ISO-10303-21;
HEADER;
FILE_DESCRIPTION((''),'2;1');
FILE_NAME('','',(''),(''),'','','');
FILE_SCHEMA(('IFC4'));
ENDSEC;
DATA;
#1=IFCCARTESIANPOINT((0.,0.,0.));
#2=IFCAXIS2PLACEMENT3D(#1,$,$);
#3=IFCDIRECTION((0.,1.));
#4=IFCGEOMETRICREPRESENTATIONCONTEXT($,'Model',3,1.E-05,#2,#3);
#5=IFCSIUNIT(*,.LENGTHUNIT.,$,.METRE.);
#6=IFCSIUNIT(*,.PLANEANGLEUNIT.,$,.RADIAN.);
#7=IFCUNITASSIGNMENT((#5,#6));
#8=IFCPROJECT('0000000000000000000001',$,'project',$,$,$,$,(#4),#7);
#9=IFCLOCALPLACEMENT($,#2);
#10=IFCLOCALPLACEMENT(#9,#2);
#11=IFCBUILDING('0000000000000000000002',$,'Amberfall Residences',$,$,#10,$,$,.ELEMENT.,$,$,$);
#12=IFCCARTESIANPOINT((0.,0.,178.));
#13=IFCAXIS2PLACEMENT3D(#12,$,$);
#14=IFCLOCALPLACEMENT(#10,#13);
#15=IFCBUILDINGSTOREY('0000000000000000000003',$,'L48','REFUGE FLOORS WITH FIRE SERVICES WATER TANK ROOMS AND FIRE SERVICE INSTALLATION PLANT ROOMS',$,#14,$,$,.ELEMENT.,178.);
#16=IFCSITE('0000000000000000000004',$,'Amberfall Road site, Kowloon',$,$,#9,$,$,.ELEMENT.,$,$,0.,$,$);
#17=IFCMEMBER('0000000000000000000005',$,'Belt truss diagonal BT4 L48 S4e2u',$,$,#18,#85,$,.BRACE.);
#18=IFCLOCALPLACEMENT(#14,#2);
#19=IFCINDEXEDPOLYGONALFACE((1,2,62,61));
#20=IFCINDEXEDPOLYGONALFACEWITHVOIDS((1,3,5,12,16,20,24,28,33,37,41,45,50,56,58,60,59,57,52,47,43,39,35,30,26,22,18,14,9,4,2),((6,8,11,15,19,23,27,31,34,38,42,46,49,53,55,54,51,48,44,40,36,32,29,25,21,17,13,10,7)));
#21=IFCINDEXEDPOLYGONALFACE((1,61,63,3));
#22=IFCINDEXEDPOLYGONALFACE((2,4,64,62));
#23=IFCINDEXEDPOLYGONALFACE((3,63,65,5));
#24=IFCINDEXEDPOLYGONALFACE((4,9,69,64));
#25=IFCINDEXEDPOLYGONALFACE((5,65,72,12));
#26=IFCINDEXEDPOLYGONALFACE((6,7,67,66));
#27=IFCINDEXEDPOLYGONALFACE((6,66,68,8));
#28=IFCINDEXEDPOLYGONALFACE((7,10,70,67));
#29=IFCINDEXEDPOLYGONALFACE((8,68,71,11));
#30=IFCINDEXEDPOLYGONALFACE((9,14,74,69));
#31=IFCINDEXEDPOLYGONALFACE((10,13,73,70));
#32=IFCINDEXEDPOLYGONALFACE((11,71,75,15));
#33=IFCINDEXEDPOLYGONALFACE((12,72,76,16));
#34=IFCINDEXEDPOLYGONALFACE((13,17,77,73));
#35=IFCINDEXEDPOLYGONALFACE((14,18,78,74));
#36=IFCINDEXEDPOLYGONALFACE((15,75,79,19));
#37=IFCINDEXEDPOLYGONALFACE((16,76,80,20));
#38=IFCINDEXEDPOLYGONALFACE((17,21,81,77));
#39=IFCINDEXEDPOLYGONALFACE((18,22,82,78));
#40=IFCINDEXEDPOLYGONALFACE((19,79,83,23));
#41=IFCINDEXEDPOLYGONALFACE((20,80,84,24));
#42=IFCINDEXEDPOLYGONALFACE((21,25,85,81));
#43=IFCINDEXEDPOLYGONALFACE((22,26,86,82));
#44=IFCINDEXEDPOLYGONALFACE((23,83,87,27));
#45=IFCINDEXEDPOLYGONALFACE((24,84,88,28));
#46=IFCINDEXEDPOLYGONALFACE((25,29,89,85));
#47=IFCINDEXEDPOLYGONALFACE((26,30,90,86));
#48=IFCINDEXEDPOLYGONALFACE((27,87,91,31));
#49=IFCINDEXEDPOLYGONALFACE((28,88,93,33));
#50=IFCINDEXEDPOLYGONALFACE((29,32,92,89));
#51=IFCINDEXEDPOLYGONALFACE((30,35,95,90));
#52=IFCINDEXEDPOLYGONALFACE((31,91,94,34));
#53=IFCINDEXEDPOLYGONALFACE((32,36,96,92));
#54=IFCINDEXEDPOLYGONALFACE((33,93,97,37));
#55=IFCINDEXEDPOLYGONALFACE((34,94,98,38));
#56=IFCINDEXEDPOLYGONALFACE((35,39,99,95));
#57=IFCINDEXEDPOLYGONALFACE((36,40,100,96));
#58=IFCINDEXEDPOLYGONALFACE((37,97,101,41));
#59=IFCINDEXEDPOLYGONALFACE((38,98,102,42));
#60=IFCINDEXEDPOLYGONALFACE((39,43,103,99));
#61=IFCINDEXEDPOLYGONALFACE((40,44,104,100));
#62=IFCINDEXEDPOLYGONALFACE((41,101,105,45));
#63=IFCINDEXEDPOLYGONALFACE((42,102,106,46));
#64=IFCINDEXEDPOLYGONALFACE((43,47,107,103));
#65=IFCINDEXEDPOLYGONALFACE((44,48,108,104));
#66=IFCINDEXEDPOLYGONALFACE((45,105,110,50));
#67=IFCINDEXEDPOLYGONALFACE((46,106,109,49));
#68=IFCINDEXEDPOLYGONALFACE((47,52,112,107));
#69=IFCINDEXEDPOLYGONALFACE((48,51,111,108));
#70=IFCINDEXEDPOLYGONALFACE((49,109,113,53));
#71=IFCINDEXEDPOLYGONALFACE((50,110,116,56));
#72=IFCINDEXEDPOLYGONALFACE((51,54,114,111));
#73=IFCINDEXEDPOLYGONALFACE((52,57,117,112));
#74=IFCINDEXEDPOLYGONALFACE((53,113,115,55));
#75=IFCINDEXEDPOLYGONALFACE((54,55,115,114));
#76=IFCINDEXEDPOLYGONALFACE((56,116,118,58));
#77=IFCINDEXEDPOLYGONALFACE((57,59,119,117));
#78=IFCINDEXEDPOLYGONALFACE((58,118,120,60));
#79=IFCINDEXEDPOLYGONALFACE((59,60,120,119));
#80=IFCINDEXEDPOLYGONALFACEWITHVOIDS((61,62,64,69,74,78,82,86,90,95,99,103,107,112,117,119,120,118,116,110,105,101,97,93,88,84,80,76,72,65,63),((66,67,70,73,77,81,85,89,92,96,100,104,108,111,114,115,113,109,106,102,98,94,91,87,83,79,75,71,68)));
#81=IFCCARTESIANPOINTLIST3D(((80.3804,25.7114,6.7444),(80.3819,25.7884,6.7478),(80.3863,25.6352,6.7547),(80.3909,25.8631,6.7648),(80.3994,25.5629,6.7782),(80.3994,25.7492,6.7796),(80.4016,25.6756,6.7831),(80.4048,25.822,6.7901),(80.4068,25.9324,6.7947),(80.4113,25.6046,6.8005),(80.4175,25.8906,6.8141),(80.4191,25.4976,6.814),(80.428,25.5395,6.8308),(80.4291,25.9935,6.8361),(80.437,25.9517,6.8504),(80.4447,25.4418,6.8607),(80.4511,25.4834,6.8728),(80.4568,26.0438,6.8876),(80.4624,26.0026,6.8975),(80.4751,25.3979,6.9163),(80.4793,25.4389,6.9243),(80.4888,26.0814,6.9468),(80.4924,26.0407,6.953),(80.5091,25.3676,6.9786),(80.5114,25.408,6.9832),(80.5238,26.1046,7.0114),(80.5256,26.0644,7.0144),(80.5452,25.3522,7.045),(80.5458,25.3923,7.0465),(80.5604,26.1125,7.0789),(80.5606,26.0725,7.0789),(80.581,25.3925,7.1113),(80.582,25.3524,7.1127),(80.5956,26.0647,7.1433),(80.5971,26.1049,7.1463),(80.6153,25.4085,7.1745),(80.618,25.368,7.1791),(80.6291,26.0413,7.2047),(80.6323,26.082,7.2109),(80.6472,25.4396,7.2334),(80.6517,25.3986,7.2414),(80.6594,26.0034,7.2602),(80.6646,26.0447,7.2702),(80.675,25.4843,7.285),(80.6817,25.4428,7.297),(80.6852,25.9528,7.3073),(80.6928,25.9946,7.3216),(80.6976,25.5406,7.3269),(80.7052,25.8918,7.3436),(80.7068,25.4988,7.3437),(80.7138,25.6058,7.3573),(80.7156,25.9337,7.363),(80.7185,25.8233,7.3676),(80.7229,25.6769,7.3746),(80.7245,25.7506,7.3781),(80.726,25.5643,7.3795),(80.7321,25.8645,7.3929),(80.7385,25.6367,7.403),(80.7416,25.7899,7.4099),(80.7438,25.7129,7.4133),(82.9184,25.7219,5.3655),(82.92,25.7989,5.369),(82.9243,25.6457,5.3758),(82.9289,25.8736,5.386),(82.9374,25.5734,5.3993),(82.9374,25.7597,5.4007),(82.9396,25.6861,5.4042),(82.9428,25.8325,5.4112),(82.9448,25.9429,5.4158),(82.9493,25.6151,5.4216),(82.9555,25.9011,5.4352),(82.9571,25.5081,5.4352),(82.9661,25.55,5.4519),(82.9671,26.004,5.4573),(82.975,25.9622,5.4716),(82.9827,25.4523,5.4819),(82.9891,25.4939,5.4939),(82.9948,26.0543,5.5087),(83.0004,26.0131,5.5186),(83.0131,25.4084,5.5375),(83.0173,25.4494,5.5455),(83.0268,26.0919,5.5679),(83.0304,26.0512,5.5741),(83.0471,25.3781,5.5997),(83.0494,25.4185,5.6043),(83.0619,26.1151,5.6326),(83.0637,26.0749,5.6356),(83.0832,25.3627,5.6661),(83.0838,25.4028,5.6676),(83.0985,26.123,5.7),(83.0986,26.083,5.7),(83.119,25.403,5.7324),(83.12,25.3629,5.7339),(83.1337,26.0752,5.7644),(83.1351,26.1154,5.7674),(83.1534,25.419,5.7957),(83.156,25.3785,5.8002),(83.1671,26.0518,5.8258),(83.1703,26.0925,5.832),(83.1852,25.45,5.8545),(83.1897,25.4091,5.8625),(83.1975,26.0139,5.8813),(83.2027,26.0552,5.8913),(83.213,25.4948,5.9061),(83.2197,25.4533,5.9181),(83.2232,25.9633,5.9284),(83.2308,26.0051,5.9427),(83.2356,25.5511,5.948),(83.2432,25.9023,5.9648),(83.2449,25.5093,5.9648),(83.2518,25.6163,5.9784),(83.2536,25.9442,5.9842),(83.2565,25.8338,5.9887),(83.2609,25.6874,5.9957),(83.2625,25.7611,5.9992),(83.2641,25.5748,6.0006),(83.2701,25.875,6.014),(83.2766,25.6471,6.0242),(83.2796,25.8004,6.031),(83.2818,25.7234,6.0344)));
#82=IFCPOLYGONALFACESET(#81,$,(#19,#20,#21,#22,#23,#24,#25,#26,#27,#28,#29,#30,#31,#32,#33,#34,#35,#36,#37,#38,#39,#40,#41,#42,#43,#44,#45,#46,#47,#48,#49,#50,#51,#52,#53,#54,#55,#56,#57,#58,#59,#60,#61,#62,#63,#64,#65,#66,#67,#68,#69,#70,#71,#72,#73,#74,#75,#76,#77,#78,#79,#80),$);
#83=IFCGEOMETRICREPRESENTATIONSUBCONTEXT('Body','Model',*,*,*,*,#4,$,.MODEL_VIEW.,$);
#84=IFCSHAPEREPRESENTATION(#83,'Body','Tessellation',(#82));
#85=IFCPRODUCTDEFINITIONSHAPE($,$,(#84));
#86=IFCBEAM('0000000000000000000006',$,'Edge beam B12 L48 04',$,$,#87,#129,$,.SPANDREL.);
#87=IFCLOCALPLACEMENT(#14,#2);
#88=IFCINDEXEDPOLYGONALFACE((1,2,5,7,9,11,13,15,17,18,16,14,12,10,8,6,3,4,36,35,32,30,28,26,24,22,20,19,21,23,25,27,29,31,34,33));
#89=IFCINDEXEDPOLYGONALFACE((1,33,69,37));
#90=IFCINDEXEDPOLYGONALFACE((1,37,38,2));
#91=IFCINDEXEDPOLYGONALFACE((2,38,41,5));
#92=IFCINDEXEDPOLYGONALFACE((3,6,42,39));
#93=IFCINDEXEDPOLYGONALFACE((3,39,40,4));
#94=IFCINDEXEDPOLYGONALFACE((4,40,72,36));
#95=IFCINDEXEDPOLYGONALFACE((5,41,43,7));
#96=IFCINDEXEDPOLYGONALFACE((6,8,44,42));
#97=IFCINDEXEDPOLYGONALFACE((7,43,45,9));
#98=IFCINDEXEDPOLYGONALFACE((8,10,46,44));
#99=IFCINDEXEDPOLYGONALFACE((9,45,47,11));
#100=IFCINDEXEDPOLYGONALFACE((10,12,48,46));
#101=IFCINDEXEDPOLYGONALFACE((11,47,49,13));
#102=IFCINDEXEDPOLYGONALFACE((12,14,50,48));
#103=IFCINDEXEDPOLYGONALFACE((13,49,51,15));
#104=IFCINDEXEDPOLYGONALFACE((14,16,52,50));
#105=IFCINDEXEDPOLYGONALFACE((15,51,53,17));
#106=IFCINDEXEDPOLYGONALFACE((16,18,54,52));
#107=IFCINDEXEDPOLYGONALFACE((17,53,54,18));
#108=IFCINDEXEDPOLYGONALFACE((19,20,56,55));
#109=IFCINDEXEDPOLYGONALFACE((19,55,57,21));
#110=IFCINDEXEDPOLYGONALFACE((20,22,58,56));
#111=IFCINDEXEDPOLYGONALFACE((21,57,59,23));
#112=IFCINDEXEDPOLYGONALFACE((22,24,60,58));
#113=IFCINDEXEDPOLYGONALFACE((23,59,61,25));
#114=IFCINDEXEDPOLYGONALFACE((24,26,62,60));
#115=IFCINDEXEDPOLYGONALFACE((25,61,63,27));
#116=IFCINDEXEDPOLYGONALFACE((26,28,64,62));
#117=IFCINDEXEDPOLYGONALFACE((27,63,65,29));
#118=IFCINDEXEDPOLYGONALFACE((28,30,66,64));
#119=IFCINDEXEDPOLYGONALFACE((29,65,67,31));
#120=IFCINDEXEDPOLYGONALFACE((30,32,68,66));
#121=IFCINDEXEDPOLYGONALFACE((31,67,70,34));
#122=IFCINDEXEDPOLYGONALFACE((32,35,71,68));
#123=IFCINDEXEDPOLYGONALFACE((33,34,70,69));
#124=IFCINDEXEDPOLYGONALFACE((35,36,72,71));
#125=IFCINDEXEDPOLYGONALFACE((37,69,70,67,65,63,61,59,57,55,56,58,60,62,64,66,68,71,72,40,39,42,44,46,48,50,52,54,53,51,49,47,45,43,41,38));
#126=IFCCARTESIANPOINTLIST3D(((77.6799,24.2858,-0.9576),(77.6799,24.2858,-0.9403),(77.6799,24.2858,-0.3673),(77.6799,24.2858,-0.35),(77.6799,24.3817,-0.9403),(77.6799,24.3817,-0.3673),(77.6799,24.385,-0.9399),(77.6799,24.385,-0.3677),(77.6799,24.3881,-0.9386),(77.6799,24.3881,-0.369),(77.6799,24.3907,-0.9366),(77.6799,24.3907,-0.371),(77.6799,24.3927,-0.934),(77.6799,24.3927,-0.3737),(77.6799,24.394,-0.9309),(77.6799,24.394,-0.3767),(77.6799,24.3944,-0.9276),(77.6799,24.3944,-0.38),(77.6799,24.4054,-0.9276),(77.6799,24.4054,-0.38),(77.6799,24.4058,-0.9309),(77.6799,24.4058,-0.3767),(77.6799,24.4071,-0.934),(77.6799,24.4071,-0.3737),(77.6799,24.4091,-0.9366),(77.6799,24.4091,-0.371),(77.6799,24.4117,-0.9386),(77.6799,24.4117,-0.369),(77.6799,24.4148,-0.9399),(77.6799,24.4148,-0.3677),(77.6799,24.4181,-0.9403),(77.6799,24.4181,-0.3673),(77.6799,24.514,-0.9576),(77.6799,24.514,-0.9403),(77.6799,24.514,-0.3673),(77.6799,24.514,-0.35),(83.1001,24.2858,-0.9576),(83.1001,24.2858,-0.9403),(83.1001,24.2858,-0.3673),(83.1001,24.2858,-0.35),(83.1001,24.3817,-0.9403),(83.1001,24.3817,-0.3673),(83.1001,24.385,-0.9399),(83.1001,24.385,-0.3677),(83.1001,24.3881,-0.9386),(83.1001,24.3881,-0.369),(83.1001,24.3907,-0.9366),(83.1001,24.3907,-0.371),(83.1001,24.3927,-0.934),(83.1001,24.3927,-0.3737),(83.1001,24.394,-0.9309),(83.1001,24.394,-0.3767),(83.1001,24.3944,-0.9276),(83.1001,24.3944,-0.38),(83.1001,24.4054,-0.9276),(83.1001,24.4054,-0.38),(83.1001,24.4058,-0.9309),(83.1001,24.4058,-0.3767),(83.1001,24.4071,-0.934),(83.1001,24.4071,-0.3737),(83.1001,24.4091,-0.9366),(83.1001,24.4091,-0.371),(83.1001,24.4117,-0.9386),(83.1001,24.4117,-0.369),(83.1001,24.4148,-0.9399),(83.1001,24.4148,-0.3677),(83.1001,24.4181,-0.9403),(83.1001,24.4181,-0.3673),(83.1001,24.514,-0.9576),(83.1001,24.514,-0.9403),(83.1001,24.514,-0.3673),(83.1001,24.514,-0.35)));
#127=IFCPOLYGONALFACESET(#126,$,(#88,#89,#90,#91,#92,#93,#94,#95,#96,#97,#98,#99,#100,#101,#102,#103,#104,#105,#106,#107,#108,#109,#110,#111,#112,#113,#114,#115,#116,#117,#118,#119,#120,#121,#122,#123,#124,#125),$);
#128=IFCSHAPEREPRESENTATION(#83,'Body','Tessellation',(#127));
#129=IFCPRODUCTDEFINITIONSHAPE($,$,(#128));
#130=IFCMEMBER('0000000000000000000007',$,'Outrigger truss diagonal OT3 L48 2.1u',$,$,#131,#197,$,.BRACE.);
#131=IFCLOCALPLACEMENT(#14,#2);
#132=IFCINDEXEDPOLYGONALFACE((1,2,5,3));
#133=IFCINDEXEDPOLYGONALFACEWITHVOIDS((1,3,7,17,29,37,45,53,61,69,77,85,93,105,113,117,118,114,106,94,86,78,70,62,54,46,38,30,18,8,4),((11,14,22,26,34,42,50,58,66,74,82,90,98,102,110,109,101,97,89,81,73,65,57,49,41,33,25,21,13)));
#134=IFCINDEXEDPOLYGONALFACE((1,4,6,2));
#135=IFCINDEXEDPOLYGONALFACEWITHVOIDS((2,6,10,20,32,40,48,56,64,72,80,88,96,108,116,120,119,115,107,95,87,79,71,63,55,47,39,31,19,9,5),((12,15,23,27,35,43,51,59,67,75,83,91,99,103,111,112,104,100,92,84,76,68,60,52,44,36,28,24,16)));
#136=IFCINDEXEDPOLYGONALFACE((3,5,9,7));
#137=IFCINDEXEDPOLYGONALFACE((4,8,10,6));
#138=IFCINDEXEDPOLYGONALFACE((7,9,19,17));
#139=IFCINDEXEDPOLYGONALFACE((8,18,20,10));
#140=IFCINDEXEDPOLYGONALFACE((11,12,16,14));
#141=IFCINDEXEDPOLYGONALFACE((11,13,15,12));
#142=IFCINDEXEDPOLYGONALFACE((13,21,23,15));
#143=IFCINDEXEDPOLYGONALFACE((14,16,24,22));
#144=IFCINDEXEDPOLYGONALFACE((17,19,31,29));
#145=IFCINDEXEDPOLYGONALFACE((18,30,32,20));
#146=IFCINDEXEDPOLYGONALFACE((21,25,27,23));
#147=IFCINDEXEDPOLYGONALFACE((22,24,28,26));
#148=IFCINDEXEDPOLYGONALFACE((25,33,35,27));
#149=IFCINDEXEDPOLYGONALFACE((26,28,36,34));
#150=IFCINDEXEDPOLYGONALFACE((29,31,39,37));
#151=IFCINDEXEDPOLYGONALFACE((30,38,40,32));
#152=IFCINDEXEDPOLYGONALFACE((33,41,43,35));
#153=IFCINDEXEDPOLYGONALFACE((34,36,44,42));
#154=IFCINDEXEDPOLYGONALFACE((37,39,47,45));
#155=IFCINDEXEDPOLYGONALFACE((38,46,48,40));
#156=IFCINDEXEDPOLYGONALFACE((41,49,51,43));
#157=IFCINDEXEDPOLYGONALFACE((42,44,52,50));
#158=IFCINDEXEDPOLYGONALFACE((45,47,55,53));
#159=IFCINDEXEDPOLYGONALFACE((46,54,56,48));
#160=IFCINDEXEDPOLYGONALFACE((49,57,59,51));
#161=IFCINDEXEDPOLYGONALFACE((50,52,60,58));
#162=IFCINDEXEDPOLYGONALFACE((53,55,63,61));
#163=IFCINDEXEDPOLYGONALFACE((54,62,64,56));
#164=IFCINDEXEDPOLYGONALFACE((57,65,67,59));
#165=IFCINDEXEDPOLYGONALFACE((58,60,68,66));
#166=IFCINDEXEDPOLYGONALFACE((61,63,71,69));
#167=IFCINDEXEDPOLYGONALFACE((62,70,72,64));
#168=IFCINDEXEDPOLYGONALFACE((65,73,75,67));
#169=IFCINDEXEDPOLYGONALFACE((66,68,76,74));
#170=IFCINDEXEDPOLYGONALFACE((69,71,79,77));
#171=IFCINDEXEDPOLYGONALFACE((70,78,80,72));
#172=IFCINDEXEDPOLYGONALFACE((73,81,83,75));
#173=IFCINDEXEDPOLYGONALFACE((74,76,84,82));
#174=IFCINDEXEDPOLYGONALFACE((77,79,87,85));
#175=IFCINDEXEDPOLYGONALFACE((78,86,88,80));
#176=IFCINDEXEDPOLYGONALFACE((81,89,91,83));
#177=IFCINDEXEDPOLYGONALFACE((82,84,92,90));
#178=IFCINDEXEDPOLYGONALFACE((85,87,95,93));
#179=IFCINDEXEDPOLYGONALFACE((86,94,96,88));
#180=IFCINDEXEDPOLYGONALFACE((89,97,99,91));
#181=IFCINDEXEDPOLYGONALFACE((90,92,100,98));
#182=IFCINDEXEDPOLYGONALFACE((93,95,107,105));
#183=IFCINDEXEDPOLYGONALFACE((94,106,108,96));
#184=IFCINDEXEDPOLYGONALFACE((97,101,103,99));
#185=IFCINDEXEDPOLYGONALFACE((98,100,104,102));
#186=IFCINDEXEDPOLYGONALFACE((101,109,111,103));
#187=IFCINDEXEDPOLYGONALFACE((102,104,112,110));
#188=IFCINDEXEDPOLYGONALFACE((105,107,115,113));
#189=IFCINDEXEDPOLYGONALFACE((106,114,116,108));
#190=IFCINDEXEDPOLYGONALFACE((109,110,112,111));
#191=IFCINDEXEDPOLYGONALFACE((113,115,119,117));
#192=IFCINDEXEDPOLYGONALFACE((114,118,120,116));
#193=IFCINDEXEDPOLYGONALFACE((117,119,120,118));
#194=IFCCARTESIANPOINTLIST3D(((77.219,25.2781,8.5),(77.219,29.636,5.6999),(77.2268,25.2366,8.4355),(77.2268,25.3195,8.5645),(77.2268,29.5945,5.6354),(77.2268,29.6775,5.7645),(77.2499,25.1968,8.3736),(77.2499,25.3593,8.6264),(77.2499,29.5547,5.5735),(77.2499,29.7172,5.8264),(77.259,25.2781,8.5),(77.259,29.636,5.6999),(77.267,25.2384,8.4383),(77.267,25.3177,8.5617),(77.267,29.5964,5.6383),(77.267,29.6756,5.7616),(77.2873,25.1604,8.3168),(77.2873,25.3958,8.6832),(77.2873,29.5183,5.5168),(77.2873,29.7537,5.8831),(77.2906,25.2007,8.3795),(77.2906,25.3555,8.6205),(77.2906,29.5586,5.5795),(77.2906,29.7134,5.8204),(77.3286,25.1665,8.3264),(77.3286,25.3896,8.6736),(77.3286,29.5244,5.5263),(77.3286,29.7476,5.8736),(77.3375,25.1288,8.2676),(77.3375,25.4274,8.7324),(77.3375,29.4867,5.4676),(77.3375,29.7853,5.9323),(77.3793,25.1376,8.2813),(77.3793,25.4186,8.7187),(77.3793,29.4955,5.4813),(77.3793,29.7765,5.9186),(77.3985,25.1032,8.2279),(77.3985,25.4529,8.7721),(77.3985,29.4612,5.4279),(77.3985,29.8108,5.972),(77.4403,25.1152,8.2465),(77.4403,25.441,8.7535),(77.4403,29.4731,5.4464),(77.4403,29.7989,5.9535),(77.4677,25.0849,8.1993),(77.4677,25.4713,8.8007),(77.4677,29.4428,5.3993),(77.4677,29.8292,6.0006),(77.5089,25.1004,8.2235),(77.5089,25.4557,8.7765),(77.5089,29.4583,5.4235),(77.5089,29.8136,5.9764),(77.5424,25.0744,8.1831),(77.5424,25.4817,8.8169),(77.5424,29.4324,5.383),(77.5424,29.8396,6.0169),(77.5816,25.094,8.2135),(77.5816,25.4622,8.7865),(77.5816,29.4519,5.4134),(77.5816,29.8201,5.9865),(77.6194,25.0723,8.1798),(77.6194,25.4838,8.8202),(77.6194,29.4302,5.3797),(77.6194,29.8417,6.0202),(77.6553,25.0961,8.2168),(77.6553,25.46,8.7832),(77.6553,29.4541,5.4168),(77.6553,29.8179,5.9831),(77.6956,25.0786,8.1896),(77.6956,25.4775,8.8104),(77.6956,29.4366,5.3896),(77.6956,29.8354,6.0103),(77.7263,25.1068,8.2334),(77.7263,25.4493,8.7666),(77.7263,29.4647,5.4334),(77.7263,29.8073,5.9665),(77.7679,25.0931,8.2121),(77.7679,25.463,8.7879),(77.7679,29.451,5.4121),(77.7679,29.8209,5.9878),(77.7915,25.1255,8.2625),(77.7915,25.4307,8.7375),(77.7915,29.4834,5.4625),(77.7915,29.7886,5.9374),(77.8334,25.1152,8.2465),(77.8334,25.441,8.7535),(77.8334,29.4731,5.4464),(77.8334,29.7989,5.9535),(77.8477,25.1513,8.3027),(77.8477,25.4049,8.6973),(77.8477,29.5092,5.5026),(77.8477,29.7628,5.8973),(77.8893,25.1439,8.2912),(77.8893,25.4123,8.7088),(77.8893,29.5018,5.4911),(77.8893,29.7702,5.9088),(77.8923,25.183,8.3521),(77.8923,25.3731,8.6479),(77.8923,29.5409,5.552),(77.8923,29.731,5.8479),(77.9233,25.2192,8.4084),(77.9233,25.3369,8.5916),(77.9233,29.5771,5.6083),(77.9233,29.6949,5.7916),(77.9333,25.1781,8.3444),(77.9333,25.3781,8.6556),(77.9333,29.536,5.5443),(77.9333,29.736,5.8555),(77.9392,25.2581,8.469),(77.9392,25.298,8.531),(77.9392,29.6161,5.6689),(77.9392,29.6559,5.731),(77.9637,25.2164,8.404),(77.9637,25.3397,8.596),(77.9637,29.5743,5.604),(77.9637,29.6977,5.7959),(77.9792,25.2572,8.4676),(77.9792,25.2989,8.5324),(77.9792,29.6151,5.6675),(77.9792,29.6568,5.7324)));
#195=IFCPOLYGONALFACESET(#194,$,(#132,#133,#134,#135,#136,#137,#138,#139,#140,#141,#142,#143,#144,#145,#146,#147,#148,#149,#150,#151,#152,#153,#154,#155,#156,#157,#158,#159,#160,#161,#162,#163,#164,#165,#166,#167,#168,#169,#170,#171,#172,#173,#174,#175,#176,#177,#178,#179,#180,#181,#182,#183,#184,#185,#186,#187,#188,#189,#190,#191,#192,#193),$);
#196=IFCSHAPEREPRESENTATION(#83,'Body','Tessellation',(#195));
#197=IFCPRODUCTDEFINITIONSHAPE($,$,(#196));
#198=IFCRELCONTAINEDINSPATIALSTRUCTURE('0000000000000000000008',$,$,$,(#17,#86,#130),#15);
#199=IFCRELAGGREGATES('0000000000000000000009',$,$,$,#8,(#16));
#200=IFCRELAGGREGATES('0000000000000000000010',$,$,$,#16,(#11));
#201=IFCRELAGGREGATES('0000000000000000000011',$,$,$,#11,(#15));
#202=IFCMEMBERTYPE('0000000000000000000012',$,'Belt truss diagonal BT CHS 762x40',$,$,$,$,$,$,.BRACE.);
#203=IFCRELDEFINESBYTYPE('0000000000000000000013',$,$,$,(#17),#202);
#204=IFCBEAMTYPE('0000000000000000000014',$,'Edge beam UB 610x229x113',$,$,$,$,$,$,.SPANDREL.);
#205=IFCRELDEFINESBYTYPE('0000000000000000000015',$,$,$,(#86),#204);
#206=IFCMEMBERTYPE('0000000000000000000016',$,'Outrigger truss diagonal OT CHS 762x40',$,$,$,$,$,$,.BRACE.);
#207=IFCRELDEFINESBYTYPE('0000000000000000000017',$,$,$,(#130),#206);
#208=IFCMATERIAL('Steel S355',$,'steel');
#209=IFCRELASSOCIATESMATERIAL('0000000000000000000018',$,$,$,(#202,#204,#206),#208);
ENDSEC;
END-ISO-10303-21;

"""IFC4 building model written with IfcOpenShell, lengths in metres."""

from ifc_helpers import new_model, si_unit, direction, frame, origin, origin_2d, place, context, subcontext, project, spatial, hollow_circle, i_section, extrude, material, material_profile, profile_set, type_object, element, save


model = new_model("IFC4")

# Units and contexts
model_context = context("Model", 3, precision=1e-05, world=origin(), true_north=direction((0.0, 1.0)))
body_context = subcontext(model_context, "Body", "Model", "MODEL_VIEW")
ifc_project = project(units=[si_unit("LENGTHUNIT", "METRE"), si_unit("PLANEANGLEUNIT", "RADIAN")], contexts=[model_context])

# Site, building, storey
site_placement = place(None, origin())
site = spatial("IfcSite", under=ifc_project, at=site_placement, Name="Amberfall Road site, Kowloon", CompositionType="ELEMENT", RefElevation=0.0)
building_placement = place(site_placement, origin())
building = spatial("IfcBuilding", under=site, at=building_placement, Name="Amberfall Residences", CompositionType="ELEMENT")
storey_placement = place(building_placement, frame((0.0, 0.0, 178.0)))
storey = spatial("IfcBuildingStorey", under=building, at=storey_placement, Name="L48", Description="REFUGE FLOORS WITH FIRE SERVICES WATER TANK ROOMS AND FIRE SERVICE INSTALLATION PLANT ROOMS", CompositionType="ELEMENT", Elevation=178.0)

# Shared definitions
ifc_material_1 = material(Name="Steel S355", Category="steel")

# Member
ifc_material_profile_1 = material_profile(ifc_material_1, hollow_circle(Radius=0.3811, WallThickness=0.04, at=origin_2d()), Name="CHS 762x40")
ifc_profile_set_1 = profile_set([ifc_material_profile_1], Name="Steel S355")
member_type_1 = type_object("IfcMemberType", Name="Belt truss diagonal BT CHS 762x40", PredefinedType="BRACE", material=ifc_profile_set_1)
member_1_placement = place(storey_placement, frame((80.562, 25.7314, 7.0789), z_axis=(0.87869, 0.003634, -0.47738), x_axis=(-0.004136, 0.999991, 0.0)))
element("IfcMember", 1, at=member_1_placement, inside=storey, type_object=member_type_1, Name="Belt truss diagonal BT4 L48 S4e2u", PredefinedType="BRACE", context=body_context, shape_type="SweptSolid", body=[
    extrude(hollow_circle(Radius=0.3811, WallThickness=0.04, at=origin_2d()), origin(), (0.0, 0.0, 1.0), 2.8884),
])

# Beam
ifc_material_profile_2 = material_profile(ifc_material_1, i_section(OverallWidth=0.2283, OverallDepth=0.6077, WebThickness=0.011, FlangeThickness=0.0173, FilletRadius=0.0127, at=origin_2d()), Name="UB 610x229x113")
ifc_profile_set_2 = profile_set([ifc_material_profile_2], Name="Steel S355")
beam_type_1 = type_object("IfcBeamType", Name="Edge beam UB 610x229x113", PredefinedType="SPANDREL", material=ifc_profile_set_2)
beam_1_placement = place(storey_placement, frame((77.6799, 24.3999, -0.6538), z_axis=(1.0, 0.0, 0.0), x_axis=(0.0, 1.0, 0.0)))
element("IfcBeam", 2, at=beam_1_placement, inside=storey, type_object=beam_type_1, Name="Edge beam B12 L48 04", PredefinedType="SPANDREL", context=body_context, shape_type="SweptSolid", body=[
    extrude(i_section(OverallWidth=0.2283, OverallDepth=0.6077, WebThickness=0.011, FlangeThickness=0.0173, FilletRadius=0.0127, at=origin_2d()), origin(), (0.0, 0.0, 1.0), 5.4202),
])

# Member
ifc_material_profile_3 = material_profile(ifc_material_1, hollow_circle(Radius=0.3811, WallThickness=0.04, at=origin_2d()), Name="CHS 762x40")
ifc_profile_set_3 = profile_set([ifc_material_profile_3], Name="Steel S355")
member_type_2 = type_object("IfcMemberType", Name="Outrigger truss diagonal OT CHS 762x40", PredefinedType="BRACE", material=ifc_profile_set_3)
member_2_placement = place(storey_placement, frame((77.6001, 25.2781, 8.5), z_axis=(0.0, 0.841307, -0.540557), x_axis=(-1.0, 0.0, 0.0)))
element("IfcMember", 3, at=member_2_placement, inside=storey, type_object=member_type_2, Name="Outrigger truss diagonal OT3 L48 2.1u", PredefinedType="BRACE", context=body_context, shape_type="SweptSolid", body=[
    extrude(hollow_circle(Radius=0.3811, WallThickness=0.04, at=origin_2d()), origin(), (0.0, 0.0, 1.0), 5.1799),
])

save(model, "model.ifc")
